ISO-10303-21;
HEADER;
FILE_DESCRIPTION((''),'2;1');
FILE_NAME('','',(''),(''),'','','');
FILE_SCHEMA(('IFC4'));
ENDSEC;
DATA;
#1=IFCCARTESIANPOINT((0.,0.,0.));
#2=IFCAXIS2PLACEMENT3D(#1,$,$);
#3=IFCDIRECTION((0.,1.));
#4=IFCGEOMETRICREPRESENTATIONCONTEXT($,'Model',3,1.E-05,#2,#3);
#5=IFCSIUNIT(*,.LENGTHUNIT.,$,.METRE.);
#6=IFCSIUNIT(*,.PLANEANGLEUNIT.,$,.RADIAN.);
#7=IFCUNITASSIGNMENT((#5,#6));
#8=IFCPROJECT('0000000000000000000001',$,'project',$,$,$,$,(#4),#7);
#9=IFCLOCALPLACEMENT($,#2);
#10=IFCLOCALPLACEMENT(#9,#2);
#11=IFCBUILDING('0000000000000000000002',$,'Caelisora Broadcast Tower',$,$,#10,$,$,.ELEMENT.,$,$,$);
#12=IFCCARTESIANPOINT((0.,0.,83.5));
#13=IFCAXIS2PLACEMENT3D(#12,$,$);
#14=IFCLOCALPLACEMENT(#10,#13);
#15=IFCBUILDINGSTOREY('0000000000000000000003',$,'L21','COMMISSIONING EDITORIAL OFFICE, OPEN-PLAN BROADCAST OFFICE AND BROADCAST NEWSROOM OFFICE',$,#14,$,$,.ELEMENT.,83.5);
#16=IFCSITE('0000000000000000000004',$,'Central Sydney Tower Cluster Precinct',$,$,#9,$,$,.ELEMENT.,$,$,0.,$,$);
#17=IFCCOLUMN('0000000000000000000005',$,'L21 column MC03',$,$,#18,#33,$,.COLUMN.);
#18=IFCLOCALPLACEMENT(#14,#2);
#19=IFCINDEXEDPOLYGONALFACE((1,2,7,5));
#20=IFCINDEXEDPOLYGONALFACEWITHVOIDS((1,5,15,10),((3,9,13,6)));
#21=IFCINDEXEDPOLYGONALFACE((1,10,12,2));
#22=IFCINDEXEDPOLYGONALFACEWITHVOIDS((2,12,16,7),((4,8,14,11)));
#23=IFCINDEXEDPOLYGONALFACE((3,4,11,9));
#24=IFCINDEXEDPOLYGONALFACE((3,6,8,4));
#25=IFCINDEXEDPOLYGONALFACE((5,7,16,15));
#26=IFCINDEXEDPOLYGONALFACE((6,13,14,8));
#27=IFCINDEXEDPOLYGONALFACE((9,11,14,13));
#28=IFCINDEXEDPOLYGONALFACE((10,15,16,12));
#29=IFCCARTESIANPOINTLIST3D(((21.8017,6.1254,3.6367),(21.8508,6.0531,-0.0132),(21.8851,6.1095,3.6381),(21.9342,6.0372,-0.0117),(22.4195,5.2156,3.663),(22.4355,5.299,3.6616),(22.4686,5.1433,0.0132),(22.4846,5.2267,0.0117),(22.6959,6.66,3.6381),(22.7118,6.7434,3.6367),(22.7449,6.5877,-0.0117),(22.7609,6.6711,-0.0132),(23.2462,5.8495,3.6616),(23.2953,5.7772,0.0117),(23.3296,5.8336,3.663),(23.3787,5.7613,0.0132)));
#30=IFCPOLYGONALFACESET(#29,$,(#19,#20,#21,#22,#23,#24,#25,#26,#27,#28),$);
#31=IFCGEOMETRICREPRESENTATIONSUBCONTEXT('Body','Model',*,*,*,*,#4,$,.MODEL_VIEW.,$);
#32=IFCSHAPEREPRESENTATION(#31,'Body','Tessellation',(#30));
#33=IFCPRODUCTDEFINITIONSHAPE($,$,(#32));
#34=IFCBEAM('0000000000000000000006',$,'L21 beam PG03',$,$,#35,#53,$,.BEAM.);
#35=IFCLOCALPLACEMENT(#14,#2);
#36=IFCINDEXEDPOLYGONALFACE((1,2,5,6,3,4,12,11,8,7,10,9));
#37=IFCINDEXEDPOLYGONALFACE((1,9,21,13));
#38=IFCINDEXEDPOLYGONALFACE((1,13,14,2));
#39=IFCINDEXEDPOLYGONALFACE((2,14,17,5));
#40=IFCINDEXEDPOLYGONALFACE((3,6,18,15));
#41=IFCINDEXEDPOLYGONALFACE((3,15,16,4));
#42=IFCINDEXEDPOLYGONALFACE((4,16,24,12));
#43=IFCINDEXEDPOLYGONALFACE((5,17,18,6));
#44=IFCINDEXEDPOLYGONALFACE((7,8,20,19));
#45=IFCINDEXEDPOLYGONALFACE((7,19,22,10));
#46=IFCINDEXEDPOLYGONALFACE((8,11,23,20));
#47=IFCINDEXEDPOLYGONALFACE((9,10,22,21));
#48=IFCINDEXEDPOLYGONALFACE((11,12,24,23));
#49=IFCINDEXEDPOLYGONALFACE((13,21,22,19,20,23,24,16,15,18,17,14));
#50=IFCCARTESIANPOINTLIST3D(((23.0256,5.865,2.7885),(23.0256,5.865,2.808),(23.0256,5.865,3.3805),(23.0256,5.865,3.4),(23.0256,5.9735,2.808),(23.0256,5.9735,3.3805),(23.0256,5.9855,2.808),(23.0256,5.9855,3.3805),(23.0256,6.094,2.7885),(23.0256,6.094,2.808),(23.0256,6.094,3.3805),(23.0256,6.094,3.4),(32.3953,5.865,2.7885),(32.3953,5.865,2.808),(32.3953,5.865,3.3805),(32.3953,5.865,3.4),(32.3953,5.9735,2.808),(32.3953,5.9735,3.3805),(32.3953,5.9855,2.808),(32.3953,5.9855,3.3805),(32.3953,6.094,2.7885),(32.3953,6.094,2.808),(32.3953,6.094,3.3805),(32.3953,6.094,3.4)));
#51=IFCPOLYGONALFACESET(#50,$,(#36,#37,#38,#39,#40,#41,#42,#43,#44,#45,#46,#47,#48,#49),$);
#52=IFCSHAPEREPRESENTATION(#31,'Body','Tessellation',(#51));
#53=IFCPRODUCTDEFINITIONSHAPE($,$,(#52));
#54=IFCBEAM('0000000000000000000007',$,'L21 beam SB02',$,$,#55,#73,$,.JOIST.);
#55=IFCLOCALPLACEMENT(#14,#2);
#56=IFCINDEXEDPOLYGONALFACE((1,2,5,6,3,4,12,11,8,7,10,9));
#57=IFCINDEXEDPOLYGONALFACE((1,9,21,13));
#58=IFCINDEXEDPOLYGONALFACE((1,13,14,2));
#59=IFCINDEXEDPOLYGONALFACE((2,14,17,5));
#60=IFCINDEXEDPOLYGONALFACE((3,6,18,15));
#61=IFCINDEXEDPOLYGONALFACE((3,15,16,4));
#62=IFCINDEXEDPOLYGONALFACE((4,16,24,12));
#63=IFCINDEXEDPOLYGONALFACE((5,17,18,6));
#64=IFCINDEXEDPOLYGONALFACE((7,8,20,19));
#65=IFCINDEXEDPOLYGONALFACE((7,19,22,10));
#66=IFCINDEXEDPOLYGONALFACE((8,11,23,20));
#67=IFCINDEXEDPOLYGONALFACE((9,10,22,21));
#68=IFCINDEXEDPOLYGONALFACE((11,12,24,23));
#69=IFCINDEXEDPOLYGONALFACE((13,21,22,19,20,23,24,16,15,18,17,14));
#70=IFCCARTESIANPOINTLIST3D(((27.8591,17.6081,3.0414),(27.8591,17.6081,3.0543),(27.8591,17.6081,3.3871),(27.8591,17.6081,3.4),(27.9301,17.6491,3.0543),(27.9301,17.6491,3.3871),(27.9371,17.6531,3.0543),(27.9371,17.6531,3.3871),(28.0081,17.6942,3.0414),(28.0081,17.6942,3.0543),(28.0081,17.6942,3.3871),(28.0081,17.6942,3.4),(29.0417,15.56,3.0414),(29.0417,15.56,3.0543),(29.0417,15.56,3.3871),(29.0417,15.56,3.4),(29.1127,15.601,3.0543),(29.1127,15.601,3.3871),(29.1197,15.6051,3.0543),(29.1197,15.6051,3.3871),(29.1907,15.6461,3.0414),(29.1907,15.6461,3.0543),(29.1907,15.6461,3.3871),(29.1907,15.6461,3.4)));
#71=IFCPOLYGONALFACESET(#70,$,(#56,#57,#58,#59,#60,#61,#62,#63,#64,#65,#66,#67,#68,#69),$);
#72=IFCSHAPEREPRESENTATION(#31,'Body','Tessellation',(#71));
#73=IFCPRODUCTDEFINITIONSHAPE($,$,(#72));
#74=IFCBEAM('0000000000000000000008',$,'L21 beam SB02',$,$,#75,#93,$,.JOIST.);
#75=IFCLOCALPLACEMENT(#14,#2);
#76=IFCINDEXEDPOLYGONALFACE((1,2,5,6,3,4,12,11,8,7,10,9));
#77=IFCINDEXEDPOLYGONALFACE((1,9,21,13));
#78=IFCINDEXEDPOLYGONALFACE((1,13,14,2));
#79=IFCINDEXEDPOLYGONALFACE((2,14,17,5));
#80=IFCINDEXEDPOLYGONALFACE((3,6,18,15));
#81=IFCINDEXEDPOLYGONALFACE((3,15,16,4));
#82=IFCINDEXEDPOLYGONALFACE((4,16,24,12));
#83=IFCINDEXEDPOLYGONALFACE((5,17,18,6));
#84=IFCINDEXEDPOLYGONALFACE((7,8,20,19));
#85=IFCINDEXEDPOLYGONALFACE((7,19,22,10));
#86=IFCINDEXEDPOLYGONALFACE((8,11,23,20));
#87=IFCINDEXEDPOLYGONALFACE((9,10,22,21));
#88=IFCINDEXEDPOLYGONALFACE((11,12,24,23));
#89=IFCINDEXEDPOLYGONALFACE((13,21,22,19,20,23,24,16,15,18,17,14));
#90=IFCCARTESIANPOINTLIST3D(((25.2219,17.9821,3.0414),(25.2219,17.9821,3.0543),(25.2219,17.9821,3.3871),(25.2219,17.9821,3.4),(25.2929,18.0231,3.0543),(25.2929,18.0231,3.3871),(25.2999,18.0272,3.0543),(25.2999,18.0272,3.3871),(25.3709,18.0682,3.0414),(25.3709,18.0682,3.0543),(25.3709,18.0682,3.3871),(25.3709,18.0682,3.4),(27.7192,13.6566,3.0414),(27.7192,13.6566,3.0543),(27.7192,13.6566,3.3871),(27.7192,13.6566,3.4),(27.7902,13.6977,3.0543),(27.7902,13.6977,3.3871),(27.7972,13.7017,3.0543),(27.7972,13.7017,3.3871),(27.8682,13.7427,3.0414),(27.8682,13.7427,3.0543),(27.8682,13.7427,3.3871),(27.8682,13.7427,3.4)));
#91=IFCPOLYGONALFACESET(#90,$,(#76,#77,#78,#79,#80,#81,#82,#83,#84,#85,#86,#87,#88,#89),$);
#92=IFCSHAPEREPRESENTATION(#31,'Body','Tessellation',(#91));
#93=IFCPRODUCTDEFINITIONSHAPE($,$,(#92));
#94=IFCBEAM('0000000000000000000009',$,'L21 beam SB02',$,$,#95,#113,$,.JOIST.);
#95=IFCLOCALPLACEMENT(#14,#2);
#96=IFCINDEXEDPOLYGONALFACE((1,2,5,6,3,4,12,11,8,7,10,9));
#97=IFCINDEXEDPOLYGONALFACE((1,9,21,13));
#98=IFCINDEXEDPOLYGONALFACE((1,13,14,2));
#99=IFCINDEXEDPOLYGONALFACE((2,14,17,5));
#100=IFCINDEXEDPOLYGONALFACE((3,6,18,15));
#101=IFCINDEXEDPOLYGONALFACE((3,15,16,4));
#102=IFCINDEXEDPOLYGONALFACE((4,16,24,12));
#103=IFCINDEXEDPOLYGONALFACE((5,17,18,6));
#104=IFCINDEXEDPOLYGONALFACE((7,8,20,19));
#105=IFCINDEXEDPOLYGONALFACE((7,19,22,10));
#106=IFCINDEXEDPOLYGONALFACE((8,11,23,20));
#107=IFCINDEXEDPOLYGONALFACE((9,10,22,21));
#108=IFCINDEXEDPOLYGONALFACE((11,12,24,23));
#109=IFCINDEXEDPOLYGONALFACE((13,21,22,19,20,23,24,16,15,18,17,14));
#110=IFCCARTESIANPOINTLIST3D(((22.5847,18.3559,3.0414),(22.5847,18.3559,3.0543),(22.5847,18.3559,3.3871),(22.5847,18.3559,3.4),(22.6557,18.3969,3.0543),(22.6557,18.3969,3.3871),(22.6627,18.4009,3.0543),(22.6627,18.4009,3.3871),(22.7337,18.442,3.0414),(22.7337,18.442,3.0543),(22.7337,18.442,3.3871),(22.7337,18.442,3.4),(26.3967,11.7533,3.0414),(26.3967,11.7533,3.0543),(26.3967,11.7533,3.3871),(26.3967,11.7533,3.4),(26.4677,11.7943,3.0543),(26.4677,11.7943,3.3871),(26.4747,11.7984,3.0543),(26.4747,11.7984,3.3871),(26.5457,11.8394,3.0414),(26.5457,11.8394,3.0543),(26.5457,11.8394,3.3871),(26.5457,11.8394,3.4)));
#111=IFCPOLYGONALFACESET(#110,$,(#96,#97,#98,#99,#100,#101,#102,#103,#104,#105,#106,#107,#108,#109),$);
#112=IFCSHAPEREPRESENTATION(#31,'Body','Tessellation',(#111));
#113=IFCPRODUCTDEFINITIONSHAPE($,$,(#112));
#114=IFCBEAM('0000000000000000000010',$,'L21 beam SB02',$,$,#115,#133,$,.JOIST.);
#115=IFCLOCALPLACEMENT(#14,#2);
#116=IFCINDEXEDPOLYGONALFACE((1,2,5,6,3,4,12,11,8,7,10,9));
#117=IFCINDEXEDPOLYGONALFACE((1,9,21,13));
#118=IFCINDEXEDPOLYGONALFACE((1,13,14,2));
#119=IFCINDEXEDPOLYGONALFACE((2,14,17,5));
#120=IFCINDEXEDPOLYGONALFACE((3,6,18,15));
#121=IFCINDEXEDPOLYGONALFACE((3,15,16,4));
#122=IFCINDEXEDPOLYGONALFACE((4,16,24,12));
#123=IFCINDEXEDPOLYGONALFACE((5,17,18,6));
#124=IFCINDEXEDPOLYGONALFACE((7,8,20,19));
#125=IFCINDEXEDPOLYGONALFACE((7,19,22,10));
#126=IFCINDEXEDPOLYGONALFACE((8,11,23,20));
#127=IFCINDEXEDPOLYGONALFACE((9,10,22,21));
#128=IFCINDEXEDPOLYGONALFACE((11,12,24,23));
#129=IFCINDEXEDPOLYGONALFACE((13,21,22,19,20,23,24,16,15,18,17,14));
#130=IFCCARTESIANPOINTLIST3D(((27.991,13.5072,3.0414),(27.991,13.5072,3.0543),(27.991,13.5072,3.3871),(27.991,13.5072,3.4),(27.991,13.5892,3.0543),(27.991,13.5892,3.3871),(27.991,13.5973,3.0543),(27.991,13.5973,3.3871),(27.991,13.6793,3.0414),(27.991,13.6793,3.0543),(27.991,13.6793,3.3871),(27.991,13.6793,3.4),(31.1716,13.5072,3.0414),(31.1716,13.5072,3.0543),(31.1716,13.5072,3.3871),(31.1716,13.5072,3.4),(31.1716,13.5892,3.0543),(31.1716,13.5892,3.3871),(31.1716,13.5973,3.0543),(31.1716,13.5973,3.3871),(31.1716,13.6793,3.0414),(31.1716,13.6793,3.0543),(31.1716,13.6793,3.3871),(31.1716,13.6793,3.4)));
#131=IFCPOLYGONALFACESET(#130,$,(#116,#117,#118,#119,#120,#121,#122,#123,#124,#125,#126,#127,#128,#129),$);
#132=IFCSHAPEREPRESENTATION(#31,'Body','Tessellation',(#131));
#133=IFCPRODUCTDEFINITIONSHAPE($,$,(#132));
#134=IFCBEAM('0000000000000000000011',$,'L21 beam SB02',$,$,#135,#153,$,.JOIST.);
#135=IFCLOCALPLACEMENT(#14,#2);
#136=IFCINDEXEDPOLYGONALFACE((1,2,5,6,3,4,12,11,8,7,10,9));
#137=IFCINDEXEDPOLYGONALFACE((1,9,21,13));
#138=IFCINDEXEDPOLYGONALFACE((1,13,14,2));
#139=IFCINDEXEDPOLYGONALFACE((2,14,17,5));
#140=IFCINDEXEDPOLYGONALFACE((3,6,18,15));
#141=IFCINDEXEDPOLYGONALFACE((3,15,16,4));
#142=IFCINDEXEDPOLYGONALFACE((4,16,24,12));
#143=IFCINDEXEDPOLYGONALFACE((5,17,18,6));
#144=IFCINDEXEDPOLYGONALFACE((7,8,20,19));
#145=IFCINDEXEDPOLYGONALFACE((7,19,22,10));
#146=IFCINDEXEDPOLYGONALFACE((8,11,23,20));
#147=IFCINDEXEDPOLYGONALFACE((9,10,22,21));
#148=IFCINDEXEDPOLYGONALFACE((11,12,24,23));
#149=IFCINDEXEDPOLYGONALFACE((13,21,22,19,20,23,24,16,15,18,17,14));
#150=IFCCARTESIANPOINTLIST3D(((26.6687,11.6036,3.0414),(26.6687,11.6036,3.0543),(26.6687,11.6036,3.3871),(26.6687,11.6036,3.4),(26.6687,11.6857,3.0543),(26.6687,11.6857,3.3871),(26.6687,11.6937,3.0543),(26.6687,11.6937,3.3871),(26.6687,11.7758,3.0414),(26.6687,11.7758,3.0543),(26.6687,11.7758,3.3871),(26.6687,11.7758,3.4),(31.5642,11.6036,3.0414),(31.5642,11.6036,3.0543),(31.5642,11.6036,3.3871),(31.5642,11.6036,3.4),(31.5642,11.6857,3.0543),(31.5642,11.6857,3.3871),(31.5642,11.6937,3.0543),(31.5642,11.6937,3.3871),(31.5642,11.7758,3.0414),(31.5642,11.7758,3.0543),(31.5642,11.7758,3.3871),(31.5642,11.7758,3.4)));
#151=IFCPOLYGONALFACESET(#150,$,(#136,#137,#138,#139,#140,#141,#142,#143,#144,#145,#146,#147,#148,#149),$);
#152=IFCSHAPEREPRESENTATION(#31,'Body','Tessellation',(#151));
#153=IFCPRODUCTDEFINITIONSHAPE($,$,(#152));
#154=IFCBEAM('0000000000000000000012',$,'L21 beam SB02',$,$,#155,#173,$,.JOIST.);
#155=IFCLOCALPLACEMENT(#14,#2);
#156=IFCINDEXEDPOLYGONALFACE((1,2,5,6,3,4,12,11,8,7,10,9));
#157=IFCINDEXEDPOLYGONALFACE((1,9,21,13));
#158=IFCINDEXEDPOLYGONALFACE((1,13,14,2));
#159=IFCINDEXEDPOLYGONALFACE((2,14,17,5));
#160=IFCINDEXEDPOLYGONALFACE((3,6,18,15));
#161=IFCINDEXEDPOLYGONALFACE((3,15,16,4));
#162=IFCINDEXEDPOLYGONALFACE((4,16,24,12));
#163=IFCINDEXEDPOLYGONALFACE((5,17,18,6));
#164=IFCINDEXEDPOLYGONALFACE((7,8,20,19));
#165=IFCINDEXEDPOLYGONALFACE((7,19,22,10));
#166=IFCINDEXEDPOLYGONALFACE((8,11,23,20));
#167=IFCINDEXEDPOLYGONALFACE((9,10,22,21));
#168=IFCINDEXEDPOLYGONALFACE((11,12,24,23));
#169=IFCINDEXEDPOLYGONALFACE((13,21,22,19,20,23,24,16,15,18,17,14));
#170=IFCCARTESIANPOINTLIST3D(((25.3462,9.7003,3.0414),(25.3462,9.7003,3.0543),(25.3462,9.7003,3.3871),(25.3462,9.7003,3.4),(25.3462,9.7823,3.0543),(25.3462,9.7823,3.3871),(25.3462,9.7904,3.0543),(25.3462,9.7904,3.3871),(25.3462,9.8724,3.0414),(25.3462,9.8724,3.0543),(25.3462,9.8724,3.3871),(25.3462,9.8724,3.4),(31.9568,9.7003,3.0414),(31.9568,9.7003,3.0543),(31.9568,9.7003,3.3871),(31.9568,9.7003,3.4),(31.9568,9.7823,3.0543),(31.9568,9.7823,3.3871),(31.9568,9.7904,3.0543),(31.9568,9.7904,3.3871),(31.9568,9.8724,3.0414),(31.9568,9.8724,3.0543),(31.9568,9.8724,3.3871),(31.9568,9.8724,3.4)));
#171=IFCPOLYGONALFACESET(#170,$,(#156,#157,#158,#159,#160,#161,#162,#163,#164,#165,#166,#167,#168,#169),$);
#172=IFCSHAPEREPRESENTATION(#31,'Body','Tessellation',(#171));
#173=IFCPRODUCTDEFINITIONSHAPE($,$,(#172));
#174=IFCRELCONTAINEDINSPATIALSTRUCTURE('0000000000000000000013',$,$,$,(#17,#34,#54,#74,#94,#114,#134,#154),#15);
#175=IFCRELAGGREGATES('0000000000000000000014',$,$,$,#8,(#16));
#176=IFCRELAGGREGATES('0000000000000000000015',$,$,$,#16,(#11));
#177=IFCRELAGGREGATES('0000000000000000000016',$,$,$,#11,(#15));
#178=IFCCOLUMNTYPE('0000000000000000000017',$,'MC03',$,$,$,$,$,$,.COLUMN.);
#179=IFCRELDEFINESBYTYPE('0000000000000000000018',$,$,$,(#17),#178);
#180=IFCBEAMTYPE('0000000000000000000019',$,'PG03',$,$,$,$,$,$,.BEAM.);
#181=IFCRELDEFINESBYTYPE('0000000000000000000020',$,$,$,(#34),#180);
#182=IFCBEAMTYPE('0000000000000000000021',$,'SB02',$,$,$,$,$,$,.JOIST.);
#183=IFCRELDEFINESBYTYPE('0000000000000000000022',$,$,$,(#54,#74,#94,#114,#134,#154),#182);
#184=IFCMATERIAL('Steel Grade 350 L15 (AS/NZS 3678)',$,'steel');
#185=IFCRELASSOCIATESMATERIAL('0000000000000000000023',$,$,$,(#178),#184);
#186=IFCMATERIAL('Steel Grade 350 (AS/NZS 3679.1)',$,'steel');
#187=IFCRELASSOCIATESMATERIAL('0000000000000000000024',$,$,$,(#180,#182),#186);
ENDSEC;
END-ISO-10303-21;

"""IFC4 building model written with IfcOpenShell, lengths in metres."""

from ifc_helpers import new_model, si_unit, direction, frame, origin, origin_2d, place, context, subcontext, project, spatial, hollow_rectangle, i_section, extrude, source, transform, mapped, material, material_profile, profile_set, type_object, type_shapes, element, save


model = new_model("IFC4")

# Units and contexts
model_context = context("Model", 3, precision=1e-05, world=origin(), true_north=direction((0.0, 1.0)))
body_context = subcontext(model_context, "Body", "Model", "MODEL_VIEW")
ifc_project = project(units=[si_unit("LENGTHUNIT", "METRE"), si_unit("PLANEANGLEUNIT", "RADIAN")], contexts=[model_context])

# Site, building, storey
site_placement = place(None, origin())
site = spatial("IfcSite", under=ifc_project, at=site_placement, Name="Central Sydney Tower Cluster Precinct", CompositionType="ELEMENT", RefElevation=0.0)
building_placement = place(site_placement, origin())
building = spatial("IfcBuilding", under=site, at=building_placement, Name="Caelisora Broadcast Tower", CompositionType="ELEMENT")
storey_placement = place(building_placement, frame((0.0, 0.0, 83.5)))
storey = spatial("IfcBuildingStorey", under=building, at=storey_placement, Name="L21", Description="COMMISSIONING EDITORIAL OFFICE, OPEN-PLAN BROADCAST OFFICE AND BROADCAST NEWSROOM OFFICE", CompositionType="ELEMENT", Elevation=83.5)

# Column
ifc_material_1 = material(Name="Steel Grade 350 L15 (AS/NZS 3678)", Category="steel")
ifc_material_profile_1 = material_profile(ifc_material_1, hollow_rectangle(XDim=1.1001, YDim=1.1001, WallThickness=0.0601, at=origin_2d()), Name="Steel Grade 350 L15 (AS/NZS 3678)")
ifc_profile_set_1 = profile_set([ifc_material_profile_1], Name="Steel Grade 350 L15 (AS/NZS 3678)")
column_type = type_object("IfcColumnType", Name="MC03", PredefinedType="COLUMN", material=ifc_profile_set_1)
shared_shape_1 = source(origin(), body_context, "Body", "SweptSolid", [
    extrude(hollow_rectangle(XDim=1.1001, YDim=1.1001, WallThickness=0.0601, at=origin_2d()), origin(), (0.0, 0.0, 1.0), 3.6509),
])
type_shapes(column_type, [shared_shape_1])
column_placement = place(storey_placement, frame((22.6147, 5.9072, 0.0), z_axis=(-0.013441, 0.019794, 0.999714), x_axis=(-0.82729, -0.561775, 0.0)))
element("IfcColumn", 1, at=column_placement, inside=storey, type_object=column_type, Name="L21 column MC03", PredefinedType="COLUMN", context=body_context, shape_type="MappedRepresentation", body=[
    mapped(shared_shape_1, transform((0.0, 0.0, 0.0), scale=1.0)),
])

# Beams
ifc_material_2 = material(Name="Steel Grade 350 (AS/NZS 3679.1)", Category="steel")
ifc_material_profile_2 = material_profile(ifc_material_2, i_section(OverallWidth=0.229, OverallDepth=0.6116, WebThickness=0.012, FlangeThickness=0.0195, at=origin_2d()), Name="Steel Grade 350 (AS/NZS 3679.1)")
ifc_profile_set_2 = profile_set([ifc_material_profile_2], Name="Steel Grade 350 (AS/NZS 3679.1)")
beam_type_1 = type_object("IfcBeamType", Name="PG03", PredefinedType="BEAM", material=ifc_profile_set_2)
shared_shape_2 = source(origin(), body_context, "Body", "SweptSolid", [
    extrude(i_section(OverallWidth=0.229, OverallDepth=0.6116, WebThickness=0.012, FlangeThickness=0.0195, at=origin_2d()), origin(), (0.0, 0.0, 1.0), 9.3696),
])
type_shapes(beam_type_1, [shared_shape_2])
beam_1_placement = place(storey_placement, frame((23.0256, 5.9795, 3.0942), z_axis=(1.0, 0.0, 0.0), x_axis=(0.0, 1.0, 0.0)))
element("IfcBeam", 2, at=beam_1_placement, inside=storey, type_object=beam_type_1, Name="L21 beam PG03", PredefinedType="BEAM", context=body_context, shape_type="MappedRepresentation", body=[
    mapped(shared_shape_2, transform((0.0, 0.0, 0.0), scale=1.0)),
])
ifc_material_profile_3 = material_profile(ifc_material_2, i_section(OverallWidth=0.1721, OverallDepth=0.3586, WebThickness=0.0081, FlangeThickness=0.0129, at=origin_2d()), Name="Steel Grade 350 (AS/NZS 3679.1)")
ifc_profile_set_3 = profile_set([ifc_material_profile_3], Name="Steel Grade 350 (AS/NZS 3679.1)")
beam_type_2 = type_object("IfcBeamType", Name="SB02", PredefinedType="JOIST", material=ifc_profile_set_3)
shared_shape_3 = source(origin(), body_context, "Body", "SweptSolid", [
    extrude(i_section(OverallWidth=0.1721, OverallDepth=0.3586, WebThickness=0.0081, FlangeThickness=0.0129, at=origin_2d()), origin(), (0.0, 0.0, 1.0), 2.365),
])
beam_2_placement = place(storey_placement, frame((27.9336, 17.6511, 3.2207), z_axis=(0.500047, -0.865998, 0.0), x_axis=(0.865998, 0.500047, 0.0)))
element("IfcBeam", 3, at=beam_2_placement, inside=storey, type_object=beam_type_2, Name="L21 beam SB02", PredefinedType="JOIST", context=body_context, shape_type="MappedRepresentation", body=[
    mapped(shared_shape_3, transform((0.0, 0.0, 0.0), scale=1.0)),
])
shared_shape_4 = source(origin(), body_context, "Body", "SweptSolid", [
    extrude(i_section(OverallWidth=0.1721, OverallDepth=0.3586, WebThickness=0.0081, FlangeThickness=0.0129, at=origin_2d()), origin(), (0.0, 0.0, 1.0), 4.9946),
])
beam_3_placement = place(storey_placement, frame((25.2964, 18.0251, 3.2207), z_axis=(0.500003, -0.866024, 0.0), x_axis=(0.866024, 0.500003, 0.0)))
element("IfcBeam", 4, at=beam_3_placement, inside=storey, type_object=beam_type_2, Name="L21 beam SB02", PredefinedType="JOIST", context=body_context, shape_type="MappedRepresentation", body=[
    mapped(shared_shape_4, transform((0.0, 0.0, 0.0), scale=1.0)),
])
shared_shape_5 = source(origin(), body_context, "Body", "SweptSolid", [
    extrude(i_section(OverallWidth=0.1721, OverallDepth=0.3586, WebThickness=0.0081, FlangeThickness=0.0129, at=origin_2d()), origin(), (0.0, 0.0, 1.0), 7.624),
])
beam_4_placement = place(storey_placement, frame((22.6592, 18.3989, 3.2207), z_axis=(0.500003, -0.866023, 0.0), x_axis=(0.866023, 0.500003, 0.0)))
element("IfcBeam", 5, at=beam_4_placement, inside=storey, type_object=beam_type_2, Name="L21 beam SB02", PredefinedType="JOIST", context=body_context, shape_type="MappedRepresentation", body=[
    mapped(shared_shape_5, transform((0.0, 0.0, 0.0), scale=1.0)),
])
shared_shape_6 = source(origin(), body_context, "Body", "SweptSolid", [
    extrude(i_section(OverallWidth=0.1721, OverallDepth=0.3586, WebThickness=0.0081, FlangeThickness=0.0129, at=origin_2d()), origin(), (0.0, 0.0, 1.0), 3.1807),
])
beam_5_placement = place(storey_placement, frame((27.991, 13.5933, 3.2207), z_axis=(1.0, 0.0, 0.0), x_axis=(0.0, 1.0, 0.0)))
element("IfcBeam", 6, at=beam_5_placement, inside=storey, type_object=beam_type_2, Name="L21 beam SB02", PredefinedType="JOIST", context=body_context, shape_type="MappedRepresentation", body=[
    mapped(shared_shape_6, transform((0.0, 0.0, 0.0), scale=1.0)),
])
shared_shape_7 = source(origin(), body_context, "Body", "SweptSolid", [
    extrude(i_section(OverallWidth=0.1721, OverallDepth=0.3586, WebThickness=0.0081, FlangeThickness=0.0129, at=origin_2d()), origin(), (0.0, 0.0, 1.0), 4.8955),
])
beam_6_placement = place(storey_placement, frame((26.6687, 11.6897, 3.2207), z_axis=(1.0, 0.0, 0.0), x_axis=(0.0, 1.0, 0.0)))
element("IfcBeam", 7, at=beam_6_placement, inside=storey, type_object=beam_type_2, Name="L21 beam SB02", PredefinedType="JOIST", context=body_context, shape_type="MappedRepresentation", body=[
    mapped(shared_shape_7, transform((0.0, 0.0, 0.0), scale=1.0)),
])
shared_shape_8 = source(origin(), body_context, "Body", "SweptSolid", [
    extrude(i_section(OverallWidth=0.1721, OverallDepth=0.3586, WebThickness=0.0081, FlangeThickness=0.0129, at=origin_2d()), origin(), (0.0, 0.0, 1.0), 6.6106),
])
beam_7_placement = place(storey_placement, frame((25.3462, 9.7864, 3.2207), z_axis=(1.0, 0.0, 0.0), x_axis=(0.0, 1.0, 0.0)))
element("IfcBeam", 8, at=beam_7_placement, inside=storey, type_object=beam_type_2, Name="L21 beam SB02", PredefinedType="JOIST", context=body_context, shape_type="MappedRepresentation", body=[
    mapped(shared_shape_8, transform((0.0, 0.0, 0.0), scale=1.0)),
])

save(model, "model.ifc")
